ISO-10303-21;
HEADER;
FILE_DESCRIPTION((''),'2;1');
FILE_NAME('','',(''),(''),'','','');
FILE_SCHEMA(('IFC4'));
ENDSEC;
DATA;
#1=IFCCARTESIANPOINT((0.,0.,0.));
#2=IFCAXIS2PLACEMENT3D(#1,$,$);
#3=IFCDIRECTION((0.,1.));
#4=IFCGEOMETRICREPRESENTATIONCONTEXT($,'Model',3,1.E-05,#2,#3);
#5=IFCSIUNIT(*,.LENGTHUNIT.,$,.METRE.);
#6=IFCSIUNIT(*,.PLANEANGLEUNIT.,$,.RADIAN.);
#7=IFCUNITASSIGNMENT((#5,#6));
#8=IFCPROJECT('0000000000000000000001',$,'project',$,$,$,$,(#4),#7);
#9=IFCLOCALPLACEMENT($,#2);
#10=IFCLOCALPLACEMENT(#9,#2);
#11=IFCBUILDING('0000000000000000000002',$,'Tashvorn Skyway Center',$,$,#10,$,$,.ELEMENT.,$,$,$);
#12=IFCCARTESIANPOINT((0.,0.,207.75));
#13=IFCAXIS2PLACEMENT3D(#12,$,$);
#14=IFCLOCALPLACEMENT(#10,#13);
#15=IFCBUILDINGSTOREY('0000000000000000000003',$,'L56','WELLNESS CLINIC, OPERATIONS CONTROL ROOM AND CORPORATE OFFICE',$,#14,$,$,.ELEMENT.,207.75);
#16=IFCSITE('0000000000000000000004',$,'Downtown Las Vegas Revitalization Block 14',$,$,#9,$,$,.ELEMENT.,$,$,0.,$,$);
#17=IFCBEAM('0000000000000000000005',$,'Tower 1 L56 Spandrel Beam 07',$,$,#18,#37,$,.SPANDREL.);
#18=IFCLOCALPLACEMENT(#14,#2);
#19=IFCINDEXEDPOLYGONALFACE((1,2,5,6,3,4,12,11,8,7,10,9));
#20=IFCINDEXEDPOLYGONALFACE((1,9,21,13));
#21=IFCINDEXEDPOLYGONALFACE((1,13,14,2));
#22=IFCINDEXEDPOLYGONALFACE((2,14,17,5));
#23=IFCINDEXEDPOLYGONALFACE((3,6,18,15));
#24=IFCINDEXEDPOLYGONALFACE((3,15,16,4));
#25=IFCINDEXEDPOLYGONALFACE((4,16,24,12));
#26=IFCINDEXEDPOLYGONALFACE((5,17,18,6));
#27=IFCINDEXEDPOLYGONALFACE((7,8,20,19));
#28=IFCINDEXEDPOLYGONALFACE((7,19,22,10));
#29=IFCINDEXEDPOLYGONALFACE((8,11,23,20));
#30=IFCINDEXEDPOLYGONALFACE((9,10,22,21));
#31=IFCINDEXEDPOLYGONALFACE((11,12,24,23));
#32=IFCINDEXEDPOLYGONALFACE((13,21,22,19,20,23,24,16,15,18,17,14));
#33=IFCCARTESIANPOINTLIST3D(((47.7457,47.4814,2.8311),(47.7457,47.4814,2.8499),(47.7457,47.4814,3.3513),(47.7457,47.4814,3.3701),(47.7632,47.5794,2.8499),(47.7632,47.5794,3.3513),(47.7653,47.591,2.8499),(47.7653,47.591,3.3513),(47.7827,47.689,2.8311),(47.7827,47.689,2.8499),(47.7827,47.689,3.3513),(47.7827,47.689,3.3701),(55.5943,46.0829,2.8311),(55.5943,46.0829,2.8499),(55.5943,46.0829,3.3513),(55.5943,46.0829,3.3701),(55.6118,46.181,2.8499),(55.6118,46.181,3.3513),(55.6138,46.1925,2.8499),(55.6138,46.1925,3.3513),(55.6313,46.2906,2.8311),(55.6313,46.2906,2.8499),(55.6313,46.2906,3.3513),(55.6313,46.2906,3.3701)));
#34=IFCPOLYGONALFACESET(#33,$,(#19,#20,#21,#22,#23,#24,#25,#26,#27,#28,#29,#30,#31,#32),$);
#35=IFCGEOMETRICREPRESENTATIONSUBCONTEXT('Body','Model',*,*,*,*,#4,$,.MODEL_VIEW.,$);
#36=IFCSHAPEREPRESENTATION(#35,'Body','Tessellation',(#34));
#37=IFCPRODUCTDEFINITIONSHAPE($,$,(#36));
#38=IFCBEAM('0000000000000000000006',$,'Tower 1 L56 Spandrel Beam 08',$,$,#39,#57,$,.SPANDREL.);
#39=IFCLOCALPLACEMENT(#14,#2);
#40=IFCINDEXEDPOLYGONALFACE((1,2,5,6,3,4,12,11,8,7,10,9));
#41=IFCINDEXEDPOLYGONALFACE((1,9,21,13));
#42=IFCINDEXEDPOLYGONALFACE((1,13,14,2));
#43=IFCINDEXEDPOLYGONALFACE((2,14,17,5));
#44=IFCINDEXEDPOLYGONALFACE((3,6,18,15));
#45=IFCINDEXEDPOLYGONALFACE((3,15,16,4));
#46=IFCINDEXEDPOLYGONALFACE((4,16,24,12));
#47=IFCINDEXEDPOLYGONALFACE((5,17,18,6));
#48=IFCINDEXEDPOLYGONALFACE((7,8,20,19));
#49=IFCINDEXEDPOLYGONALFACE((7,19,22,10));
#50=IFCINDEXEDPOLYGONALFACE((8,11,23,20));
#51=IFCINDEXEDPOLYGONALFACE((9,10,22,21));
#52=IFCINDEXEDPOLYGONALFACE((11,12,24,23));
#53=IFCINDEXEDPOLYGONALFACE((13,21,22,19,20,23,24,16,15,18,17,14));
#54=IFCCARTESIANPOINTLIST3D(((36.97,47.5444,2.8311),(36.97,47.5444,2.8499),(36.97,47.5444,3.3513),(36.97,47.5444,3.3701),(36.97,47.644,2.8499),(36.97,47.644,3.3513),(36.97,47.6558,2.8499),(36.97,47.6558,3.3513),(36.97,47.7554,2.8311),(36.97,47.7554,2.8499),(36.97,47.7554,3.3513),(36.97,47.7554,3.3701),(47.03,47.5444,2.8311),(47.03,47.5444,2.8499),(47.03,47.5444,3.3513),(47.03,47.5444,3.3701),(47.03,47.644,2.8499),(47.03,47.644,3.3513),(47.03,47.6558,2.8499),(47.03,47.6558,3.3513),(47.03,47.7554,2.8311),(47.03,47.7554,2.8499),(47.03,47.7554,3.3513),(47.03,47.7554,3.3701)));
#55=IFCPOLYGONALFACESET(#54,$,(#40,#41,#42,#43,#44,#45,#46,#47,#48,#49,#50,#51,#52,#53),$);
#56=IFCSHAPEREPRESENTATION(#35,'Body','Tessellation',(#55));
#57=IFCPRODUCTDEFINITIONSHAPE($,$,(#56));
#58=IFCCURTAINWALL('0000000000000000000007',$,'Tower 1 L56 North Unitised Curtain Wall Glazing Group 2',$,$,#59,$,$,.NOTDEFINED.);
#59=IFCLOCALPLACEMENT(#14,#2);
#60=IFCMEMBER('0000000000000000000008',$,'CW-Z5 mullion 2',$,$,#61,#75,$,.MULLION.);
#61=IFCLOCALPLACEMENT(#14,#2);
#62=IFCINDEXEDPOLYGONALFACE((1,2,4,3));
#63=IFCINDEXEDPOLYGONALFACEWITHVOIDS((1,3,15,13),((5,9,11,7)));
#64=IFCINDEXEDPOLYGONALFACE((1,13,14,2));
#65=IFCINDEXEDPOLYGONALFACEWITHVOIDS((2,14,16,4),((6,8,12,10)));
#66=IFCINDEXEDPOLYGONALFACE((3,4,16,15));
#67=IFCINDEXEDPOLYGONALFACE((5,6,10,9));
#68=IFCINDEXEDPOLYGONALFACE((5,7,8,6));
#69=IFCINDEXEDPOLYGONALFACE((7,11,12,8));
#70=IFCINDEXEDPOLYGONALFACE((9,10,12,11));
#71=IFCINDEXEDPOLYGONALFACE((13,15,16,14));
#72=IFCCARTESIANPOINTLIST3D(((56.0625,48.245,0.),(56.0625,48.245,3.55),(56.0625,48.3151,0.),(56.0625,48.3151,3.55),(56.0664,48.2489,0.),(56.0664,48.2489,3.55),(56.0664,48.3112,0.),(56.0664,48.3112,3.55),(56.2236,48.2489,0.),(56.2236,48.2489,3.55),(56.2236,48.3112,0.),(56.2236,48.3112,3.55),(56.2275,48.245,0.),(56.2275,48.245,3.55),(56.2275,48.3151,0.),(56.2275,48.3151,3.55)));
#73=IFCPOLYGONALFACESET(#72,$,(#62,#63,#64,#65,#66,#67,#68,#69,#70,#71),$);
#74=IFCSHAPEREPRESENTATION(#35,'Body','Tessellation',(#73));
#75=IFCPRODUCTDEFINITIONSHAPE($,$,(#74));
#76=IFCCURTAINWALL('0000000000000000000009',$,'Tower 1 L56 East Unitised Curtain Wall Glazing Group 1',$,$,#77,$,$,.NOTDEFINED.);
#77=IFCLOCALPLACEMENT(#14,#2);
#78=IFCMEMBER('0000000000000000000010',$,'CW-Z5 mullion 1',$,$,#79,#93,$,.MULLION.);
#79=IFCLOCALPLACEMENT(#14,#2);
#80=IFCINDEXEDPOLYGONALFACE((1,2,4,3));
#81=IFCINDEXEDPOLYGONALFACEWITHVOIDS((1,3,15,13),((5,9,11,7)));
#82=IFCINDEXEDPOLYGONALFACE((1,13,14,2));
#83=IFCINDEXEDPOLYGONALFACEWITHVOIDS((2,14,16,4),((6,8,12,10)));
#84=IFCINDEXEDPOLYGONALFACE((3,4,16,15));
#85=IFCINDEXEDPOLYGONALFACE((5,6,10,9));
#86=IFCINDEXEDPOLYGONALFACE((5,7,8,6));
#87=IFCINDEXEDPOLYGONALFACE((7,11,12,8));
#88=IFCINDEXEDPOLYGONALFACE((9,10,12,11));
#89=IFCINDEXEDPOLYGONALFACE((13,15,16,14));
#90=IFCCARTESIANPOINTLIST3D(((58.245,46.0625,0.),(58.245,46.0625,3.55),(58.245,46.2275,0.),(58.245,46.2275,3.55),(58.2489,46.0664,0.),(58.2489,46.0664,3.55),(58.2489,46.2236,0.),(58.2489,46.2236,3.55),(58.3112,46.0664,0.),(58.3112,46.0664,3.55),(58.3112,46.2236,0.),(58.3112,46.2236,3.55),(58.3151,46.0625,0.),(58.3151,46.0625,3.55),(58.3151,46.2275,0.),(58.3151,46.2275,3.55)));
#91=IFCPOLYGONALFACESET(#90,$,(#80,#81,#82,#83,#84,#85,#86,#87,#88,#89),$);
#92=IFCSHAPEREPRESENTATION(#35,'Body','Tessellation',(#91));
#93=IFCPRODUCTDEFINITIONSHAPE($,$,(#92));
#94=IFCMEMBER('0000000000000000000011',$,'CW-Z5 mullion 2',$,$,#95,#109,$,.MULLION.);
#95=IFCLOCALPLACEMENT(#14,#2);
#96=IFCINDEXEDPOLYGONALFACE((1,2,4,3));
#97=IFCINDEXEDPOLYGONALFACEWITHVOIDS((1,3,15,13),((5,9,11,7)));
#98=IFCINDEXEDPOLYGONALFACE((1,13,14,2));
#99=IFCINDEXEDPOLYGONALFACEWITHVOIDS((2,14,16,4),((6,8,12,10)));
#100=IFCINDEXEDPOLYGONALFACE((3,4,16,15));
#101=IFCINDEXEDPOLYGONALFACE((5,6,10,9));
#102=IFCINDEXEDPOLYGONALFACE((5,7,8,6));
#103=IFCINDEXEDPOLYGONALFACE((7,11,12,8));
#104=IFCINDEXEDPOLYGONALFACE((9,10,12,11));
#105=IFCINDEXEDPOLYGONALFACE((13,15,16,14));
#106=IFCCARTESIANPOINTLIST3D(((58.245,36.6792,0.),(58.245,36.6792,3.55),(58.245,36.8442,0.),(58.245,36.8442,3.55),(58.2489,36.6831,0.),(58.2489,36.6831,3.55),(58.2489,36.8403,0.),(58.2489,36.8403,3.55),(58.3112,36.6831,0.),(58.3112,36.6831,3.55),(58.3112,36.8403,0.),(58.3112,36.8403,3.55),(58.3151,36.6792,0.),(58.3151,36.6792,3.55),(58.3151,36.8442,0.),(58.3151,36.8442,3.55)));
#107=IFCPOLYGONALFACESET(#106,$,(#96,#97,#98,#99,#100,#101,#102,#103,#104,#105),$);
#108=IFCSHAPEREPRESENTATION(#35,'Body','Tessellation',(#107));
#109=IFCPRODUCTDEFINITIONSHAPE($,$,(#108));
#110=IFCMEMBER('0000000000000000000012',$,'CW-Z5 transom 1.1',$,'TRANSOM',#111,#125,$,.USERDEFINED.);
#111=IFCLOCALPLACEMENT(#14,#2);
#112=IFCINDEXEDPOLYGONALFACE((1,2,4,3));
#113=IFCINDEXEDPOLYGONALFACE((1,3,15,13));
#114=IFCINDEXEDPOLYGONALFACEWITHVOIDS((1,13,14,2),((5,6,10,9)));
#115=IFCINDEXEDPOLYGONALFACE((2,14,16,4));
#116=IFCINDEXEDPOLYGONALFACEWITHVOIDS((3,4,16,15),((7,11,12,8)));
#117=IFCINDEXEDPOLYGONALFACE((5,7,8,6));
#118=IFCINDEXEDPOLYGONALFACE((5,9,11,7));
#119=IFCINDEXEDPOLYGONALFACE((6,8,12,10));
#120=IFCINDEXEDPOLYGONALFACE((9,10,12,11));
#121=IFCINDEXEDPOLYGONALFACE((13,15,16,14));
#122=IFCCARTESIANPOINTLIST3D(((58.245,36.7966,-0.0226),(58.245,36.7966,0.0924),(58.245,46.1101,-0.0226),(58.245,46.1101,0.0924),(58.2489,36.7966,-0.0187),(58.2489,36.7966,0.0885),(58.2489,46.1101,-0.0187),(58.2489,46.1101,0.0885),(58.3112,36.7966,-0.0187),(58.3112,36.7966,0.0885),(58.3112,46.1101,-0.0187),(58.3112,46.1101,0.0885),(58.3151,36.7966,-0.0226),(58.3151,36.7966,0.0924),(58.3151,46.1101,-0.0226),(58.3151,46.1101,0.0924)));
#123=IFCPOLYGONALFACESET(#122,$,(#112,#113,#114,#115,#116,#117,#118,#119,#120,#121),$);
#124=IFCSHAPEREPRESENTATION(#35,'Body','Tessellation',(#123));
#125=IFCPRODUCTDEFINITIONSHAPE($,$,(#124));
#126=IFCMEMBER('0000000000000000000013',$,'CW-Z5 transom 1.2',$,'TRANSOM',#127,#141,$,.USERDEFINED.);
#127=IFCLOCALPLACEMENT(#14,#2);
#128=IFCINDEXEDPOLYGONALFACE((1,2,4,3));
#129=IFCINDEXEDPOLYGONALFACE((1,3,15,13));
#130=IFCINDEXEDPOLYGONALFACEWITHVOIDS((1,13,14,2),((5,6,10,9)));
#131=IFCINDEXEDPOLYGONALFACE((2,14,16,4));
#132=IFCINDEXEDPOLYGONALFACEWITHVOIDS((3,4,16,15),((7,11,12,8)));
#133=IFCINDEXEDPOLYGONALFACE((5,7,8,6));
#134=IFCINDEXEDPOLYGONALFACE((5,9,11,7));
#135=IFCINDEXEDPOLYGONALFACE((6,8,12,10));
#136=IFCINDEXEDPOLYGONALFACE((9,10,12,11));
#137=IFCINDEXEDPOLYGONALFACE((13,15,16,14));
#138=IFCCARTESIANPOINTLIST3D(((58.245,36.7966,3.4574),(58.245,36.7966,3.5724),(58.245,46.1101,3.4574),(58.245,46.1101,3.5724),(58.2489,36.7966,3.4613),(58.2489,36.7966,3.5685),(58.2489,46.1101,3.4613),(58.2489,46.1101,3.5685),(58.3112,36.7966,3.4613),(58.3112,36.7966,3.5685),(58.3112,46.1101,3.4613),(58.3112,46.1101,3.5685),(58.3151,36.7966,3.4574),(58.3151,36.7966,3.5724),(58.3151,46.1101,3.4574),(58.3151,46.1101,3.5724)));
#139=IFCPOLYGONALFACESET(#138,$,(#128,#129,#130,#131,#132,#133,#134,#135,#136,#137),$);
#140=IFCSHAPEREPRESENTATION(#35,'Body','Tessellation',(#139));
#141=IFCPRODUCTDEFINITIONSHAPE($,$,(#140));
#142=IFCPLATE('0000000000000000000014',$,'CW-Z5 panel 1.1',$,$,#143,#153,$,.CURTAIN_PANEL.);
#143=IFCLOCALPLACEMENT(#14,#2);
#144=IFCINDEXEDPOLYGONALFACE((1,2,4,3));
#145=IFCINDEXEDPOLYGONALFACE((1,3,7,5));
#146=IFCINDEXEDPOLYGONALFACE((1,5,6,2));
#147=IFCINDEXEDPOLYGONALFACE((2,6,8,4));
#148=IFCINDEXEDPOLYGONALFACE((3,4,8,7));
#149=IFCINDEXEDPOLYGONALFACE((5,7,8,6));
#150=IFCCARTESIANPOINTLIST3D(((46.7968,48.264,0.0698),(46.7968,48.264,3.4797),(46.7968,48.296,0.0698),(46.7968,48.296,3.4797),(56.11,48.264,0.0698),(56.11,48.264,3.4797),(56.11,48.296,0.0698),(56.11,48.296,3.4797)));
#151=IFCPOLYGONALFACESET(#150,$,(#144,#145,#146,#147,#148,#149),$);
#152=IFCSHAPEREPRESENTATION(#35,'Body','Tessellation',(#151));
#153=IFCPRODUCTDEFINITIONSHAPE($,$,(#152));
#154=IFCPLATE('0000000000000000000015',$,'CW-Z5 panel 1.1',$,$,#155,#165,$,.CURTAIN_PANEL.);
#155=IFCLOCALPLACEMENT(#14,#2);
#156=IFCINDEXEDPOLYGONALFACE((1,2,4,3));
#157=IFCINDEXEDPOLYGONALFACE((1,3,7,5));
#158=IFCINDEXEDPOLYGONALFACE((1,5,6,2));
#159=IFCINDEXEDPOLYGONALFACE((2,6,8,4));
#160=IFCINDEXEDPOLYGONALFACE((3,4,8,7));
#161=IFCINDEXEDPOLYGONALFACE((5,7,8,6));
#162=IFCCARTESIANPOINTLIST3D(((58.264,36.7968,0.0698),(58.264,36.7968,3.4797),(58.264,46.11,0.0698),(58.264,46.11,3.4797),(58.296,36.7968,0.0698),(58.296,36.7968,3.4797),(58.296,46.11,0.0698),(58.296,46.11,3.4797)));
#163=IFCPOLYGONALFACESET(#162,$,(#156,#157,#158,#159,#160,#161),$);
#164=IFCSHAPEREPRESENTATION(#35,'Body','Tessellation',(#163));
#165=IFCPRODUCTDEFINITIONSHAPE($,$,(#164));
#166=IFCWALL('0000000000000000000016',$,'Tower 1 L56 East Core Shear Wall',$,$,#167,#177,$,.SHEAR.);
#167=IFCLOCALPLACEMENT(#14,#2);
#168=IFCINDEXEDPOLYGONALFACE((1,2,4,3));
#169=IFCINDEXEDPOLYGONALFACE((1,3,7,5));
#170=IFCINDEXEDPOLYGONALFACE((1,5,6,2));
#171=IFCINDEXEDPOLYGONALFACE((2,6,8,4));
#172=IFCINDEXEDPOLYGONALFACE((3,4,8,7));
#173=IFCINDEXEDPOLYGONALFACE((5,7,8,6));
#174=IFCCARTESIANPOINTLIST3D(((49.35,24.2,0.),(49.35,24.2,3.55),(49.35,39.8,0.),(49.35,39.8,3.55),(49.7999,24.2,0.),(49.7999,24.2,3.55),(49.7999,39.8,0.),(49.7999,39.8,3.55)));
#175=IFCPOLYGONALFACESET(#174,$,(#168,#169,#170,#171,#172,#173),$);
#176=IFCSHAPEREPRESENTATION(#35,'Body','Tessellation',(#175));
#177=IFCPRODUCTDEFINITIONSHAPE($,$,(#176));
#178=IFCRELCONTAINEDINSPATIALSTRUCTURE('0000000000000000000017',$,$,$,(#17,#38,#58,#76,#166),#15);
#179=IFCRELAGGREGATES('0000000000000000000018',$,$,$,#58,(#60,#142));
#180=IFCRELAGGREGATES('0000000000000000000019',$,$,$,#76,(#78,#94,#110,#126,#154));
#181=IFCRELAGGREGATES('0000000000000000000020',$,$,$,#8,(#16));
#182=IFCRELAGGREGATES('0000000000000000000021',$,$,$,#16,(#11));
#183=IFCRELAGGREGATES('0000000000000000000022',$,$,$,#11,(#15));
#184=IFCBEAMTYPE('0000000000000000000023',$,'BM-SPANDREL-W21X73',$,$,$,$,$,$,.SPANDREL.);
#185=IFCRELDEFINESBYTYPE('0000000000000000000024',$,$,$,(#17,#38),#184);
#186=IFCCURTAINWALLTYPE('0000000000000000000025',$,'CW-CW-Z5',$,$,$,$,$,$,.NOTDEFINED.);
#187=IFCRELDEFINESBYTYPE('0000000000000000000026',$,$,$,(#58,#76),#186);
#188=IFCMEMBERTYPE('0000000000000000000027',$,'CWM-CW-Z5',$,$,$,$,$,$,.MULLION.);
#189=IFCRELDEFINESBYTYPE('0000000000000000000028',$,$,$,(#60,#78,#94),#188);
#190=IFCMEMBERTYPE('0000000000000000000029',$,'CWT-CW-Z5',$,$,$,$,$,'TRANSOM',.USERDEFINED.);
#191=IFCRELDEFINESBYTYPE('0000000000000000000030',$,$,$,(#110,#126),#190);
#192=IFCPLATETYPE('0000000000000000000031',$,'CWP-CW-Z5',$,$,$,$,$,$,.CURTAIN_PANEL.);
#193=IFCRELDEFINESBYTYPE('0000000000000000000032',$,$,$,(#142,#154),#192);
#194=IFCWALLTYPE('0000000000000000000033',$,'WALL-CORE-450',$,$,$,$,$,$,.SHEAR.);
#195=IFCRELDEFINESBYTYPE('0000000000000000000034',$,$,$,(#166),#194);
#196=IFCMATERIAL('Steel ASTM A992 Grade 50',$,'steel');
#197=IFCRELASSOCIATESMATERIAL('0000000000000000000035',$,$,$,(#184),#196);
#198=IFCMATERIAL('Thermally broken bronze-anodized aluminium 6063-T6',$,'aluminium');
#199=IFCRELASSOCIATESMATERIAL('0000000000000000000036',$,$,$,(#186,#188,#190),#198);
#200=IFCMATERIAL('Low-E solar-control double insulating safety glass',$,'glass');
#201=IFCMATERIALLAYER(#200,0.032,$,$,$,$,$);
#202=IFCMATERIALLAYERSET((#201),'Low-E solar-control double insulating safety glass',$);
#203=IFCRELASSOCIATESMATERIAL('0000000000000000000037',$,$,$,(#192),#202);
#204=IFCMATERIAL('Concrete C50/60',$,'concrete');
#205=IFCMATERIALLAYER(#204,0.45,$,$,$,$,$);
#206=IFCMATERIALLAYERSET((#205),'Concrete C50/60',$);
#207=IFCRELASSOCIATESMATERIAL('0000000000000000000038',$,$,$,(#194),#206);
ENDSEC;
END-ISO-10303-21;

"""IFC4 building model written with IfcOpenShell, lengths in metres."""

from ifc_helpers import new_model, si_unit, direction, frame, frame_2d, origin, origin_2d, place, context, subcontext, project, spatial, rectangle, hollow_rectangle, i_section, extrude, material, layer, layer_set, material_profile, profile_set, type_object, element, aggregate, save


model = new_model("IFC4")

# Units and contexts
model_context = context("Model", 3, precision=1e-05, world=origin(), true_north=direction((0.0, 1.0)))
body_context = subcontext(model_context, "Body", "Model", "MODEL_VIEW")
ifc_project = project(units=[si_unit("LENGTHUNIT", "METRE"), si_unit("PLANEANGLEUNIT", "RADIAN")], contexts=[model_context])

# Site, building, storey
site_placement = place(None, origin())
site = spatial("IfcSite", under=ifc_project, at=site_placement, Name="Downtown Las Vegas Revitalization Block 14", CompositionType="ELEMENT", RefElevation=0.0)
building_placement = place(site_placement, origin())
building = spatial("IfcBuilding", under=site, at=building_placement, Name="Tashvorn Skyway Center", CompositionType="ELEMENT")
storey_placement = place(building_placement, frame((0.0, 0.0, 207.75)))
storey = spatial("IfcBuildingStorey", under=building, at=storey_placement, Name="L56", Description="WELLNESS CLINIC, OPERATIONS CONTROL ROOM AND CORPORATE OFFICE", CompositionType="ELEMENT", Elevation=207.75)

# Beams
ifc_material_1 = material(Name="Steel ASTM A992 Grade 50", Category="steel")
ifc_material_profile_1 = material_profile(ifc_material_1, i_section(OverallWidth=0.2109, OverallDepth=0.5391, WebThickness=0.0117, FlangeThickness=0.0188, at=origin_2d()), Name="W21X73")
ifc_profile_set_1 = profile_set([ifc_material_profile_1], Name="Steel ASTM A992 Grade 50")
beam_type_1 = type_object("IfcBeamType", Name="BM-SPANDREL-W21X73", PredefinedType="SPANDREL", material=ifc_profile_set_1)
for number, where, z_axis, x_axis, name in (
    (1, (55.6128, 46.1868, 3.1006), (-0.984495, 0.175413, 0.0), (-0.175413, -0.984495, 0.0), "Tower 1 L56 Spandrel Beam 07"),
):
    element("IfcBeam", number, at=place(storey_placement, frame(where, z_axis=z_axis, x_axis=x_axis)), inside=storey, type_object=beam_type_1, Name=name, PredefinedType="SPANDREL", context=body_context, shape_type="SweptSolid", body=[
        extrude(i_section(OverallWidth=0.2109, OverallDepth=0.5391, WebThickness=0.0117, FlangeThickness=0.0188, at=origin_2d()), origin(), (0.0, 0.0, 1.0), 7.9722),
    ])
beam_1_placement = place(storey_placement, frame((47.03, 47.6499, 3.1006), z_axis=(-1.0, 0.0, 0.0), x_axis=(0.0, -1.0, 0.0)))
element("IfcBeam", 2, at=beam_1_placement, inside=storey, type_object=beam_type_1, Name="Tower 1 L56 Spandrel Beam 08", PredefinedType="SPANDREL", context=body_context, shape_type="SweptSolid", body=[
    extrude(i_section(OverallWidth=0.2109, OverallDepth=0.5391, WebThickness=0.0117, FlangeThickness=0.0188, at=origin_2d()), origin(), (0.0, 0.0, 1.0), 10.0601),
])

# Curtain wall, member
ifc_material_2 = material(Name="Thermally broken bronze-anodized aluminium 6063-T6", Category="aluminium")
curtain_wall_type = type_object("IfcCurtainWallType", Name="CW-CW-Z5", PredefinedType="NOTDEFINED", material=ifc_material_2)
curtain_wall_1_placement = place(storey_placement, origin())
curtain_wall_1 = element("IfcCurtainWall", 3, at=curtain_wall_1_placement, inside=storey, type_object=curtain_wall_type, Name="Tower 1 L56 North Unitised Curtain Wall Glazing Group 2", PredefinedType="NOTDEFINED")
ifc_material_profile_2 = material_profile(ifc_material_2, hollow_rectangle(XDim=0.0701, YDim=0.165, WallThickness=0.0039, at=origin_2d()), Name="ALU-MULL-70x165")
ifc_profile_set_2 = profile_set([ifc_material_profile_2], Name="Thermally broken bronze-anodized aluminium 6063-T6")
member_type_1 = type_object("IfcMemberType", Name="CWM-CW-Z5", PredefinedType="MULLION", material=ifc_profile_set_2)
member_1_placement = place(storey_placement, frame((56.145, 48.28, 0.0), z_axis=(0.0, 0.0, 1.0), x_axis=(0.0, 1.0, 0.0)))
member_1 = element("IfcMember", 4, at=member_1_placement, type_object=member_type_1, Name="CW-Z5 mullion 2", PredefinedType="MULLION", context=body_context, shape_type="SweptSolid", body=[
    extrude(hollow_rectangle(XDim=0.0701, YDim=0.165, WallThickness=0.0039, at=origin_2d()), origin(), (0.0, 0.0, 1.0), 3.55),
])

# Curtain wall, members
curtain_wall_2_placement = place(storey_placement, origin())
curtain_wall_2 = element("IfcCurtainWall", 5, at=curtain_wall_2_placement, inside=storey, type_object=curtain_wall_type, Name="Tower 1 L56 East Unitised Curtain Wall Glazing Group 1", PredefinedType="NOTDEFINED")
member_2_placement = place(storey_placement, frame((58.28, 46.145, 0.0), z_axis=(0.0, 0.0, 1.0), x_axis=(1.0, 0.0, 0.0)))
member_2 = element("IfcMember", 6, at=member_2_placement, type_object=member_type_1, Name="CW-Z5 mullion 1", PredefinedType="MULLION", context=body_context, shape_type="SweptSolid", body=[
    extrude(hollow_rectangle(XDim=0.0701, YDim=0.165, WallThickness=0.0039, at=origin_2d()), origin(), (0.0, 0.0, 1.0), 3.55),
])
member_3_placement = place(storey_placement, frame((58.28, 36.7617, 0.0), z_axis=(0.0, 0.0, 1.0), x_axis=(1.0, 0.0, 0.0)))
member_3 = element("IfcMember", 7, at=member_3_placement, type_object=member_type_1, Name="CW-Z5 mullion 2", PredefinedType="MULLION", context=body_context, shape_type="SweptSolid", body=[
    extrude(hollow_rectangle(XDim=0.0701, YDim=0.165, WallThickness=0.0039, at=origin_2d()), origin(), (0.0, 0.0, 1.0), 3.55),
])
ifc_material_profile_3 = material_profile(ifc_material_2, hollow_rectangle(XDim=0.0701, YDim=0.115, WallThickness=0.0039, at=origin_2d()), Name="ALU-TRAN-70x115")
ifc_profile_set_3 = profile_set([ifc_material_profile_3], Name="Thermally broken bronze-anodized aluminium 6063-T6")
member_type_2 = type_object("IfcMemberType", Name="CWT-CW-Z5", ElementType="TRANSOM", PredefinedType="USERDEFINED", material=ifc_profile_set_3)
member_4_placement = place(storey_placement, frame((58.28, 46.1101, 0.0349), z_axis=(0.0, -1.0, 0.0), x_axis=(1.0, 0.0, 0.0)))
member_4 = element("IfcMember", 8, at=member_4_placement, type_object=member_type_2, Name="CW-Z5 transom 1.1", ObjectType="TRANSOM", PredefinedType="USERDEFINED", context=body_context, shape_type="SweptSolid", body=[
    extrude(hollow_rectangle(XDim=0.0701, YDim=0.115, WallThickness=0.0039, at=origin_2d()), origin(), (0.0, 0.0, 1.0), 9.3135),
])
member_5_placement = place(storey_placement, frame((58.28, 46.1101, 3.5149), z_axis=(0.0, -1.0, 0.0), x_axis=(1.0, 0.0, 0.0)))
member_5 = element("IfcMember", 9, at=member_5_placement, type_object=member_type_2, Name="CW-Z5 transom 1.2", ObjectType="TRANSOM", PredefinedType="USERDEFINED", context=body_context, shape_type="SweptSolid", body=[
    extrude(hollow_rectangle(XDim=0.0701, YDim=0.115, WallThickness=0.0039, at=origin_2d()), origin(), (0.0, 0.0, 1.0), 9.3135),
])

# Plates
ifc_material_3 = material(Name="Low-E solar-control double insulating safety glass", Category="glass")
ifc_layer_1 = layer(ifc_material_3, 0.032)
ifc_layer_set_1 = layer_set([ifc_layer_1], Name="Low-E solar-control double insulating safety glass")
plate_type = type_object("IfcPlateType", Name="CWP-CW-Z5", PredefinedType="CURTAIN_PANEL", material=ifc_layer_set_1)
plate_1_placement = place(storey_placement, frame((51.4534, 48.28, 0.0698), z_axis=(0.0, 0.0, 1.0), x_axis=(1.0, 0.0, 0.0)))
plate_1 = element("IfcPlate", 10, at=plate_1_placement, type_object=plate_type, Name="CW-Z5 panel 1.1", PredefinedType="CURTAIN_PANEL", context=body_context, shape_type="SweptSolid", body=[
    extrude(rectangle(XDim=9.3132, YDim=0.032, at=origin_2d()), origin(), (0.0, 0.0, 1.0), 3.4099),
])
aggregate(curtain_wall_1, [member_1, plate_1])
plate_2_placement = place(storey_placement, frame((58.28, 41.4534, 0.0698), z_axis=(0.0, 0.0, 1.0), x_axis=(0.0, -1.0, 0.0)))
plate_2 = element("IfcPlate", 11, at=plate_2_placement, type_object=plate_type, Name="CW-Z5 panel 1.1", PredefinedType="CURTAIN_PANEL", context=body_context, shape_type="SweptSolid", body=[
    extrude(rectangle(XDim=9.3132, YDim=0.032, at=origin_2d()), origin(), (0.0, 0.0, 1.0), 3.4099),
])
aggregate(curtain_wall_2, [member_2, member_3, member_4, member_5, plate_2])

# Wall
ifc_material_4 = material(Name="Concrete C50/60", Category="concrete")
ifc_layer_2 = layer(ifc_material_4, 0.45)
ifc_layer_set_2 = layer_set([ifc_layer_2], Name="Concrete C50/60")
wall_type_1 = type_object("IfcWallType", Name="WALL-CORE-450", PredefinedType="SHEAR", material=ifc_layer_set_2)
wall_1_placement = place(storey_placement, frame((49.575, 39.8, 0.0), z_axis=(0.0, 0.0, 1.0), x_axis=(0.0, -1.0, 0.0)))
element("IfcWall", 12, at=wall_1_placement, inside=storey, type_object=wall_type_1, Name="Tower 1 L56 East Core Shear Wall", PredefinedType="SHEAR", context=body_context, shape_type="SweptSolid", body=[
    extrude(rectangle(XDim=15.6001, YDim=0.45, at=frame_2d((7.8, 0.0))), origin(), (0.0, 0.0, 1.0), 3.55),
])

save(model, "model.ifc")
